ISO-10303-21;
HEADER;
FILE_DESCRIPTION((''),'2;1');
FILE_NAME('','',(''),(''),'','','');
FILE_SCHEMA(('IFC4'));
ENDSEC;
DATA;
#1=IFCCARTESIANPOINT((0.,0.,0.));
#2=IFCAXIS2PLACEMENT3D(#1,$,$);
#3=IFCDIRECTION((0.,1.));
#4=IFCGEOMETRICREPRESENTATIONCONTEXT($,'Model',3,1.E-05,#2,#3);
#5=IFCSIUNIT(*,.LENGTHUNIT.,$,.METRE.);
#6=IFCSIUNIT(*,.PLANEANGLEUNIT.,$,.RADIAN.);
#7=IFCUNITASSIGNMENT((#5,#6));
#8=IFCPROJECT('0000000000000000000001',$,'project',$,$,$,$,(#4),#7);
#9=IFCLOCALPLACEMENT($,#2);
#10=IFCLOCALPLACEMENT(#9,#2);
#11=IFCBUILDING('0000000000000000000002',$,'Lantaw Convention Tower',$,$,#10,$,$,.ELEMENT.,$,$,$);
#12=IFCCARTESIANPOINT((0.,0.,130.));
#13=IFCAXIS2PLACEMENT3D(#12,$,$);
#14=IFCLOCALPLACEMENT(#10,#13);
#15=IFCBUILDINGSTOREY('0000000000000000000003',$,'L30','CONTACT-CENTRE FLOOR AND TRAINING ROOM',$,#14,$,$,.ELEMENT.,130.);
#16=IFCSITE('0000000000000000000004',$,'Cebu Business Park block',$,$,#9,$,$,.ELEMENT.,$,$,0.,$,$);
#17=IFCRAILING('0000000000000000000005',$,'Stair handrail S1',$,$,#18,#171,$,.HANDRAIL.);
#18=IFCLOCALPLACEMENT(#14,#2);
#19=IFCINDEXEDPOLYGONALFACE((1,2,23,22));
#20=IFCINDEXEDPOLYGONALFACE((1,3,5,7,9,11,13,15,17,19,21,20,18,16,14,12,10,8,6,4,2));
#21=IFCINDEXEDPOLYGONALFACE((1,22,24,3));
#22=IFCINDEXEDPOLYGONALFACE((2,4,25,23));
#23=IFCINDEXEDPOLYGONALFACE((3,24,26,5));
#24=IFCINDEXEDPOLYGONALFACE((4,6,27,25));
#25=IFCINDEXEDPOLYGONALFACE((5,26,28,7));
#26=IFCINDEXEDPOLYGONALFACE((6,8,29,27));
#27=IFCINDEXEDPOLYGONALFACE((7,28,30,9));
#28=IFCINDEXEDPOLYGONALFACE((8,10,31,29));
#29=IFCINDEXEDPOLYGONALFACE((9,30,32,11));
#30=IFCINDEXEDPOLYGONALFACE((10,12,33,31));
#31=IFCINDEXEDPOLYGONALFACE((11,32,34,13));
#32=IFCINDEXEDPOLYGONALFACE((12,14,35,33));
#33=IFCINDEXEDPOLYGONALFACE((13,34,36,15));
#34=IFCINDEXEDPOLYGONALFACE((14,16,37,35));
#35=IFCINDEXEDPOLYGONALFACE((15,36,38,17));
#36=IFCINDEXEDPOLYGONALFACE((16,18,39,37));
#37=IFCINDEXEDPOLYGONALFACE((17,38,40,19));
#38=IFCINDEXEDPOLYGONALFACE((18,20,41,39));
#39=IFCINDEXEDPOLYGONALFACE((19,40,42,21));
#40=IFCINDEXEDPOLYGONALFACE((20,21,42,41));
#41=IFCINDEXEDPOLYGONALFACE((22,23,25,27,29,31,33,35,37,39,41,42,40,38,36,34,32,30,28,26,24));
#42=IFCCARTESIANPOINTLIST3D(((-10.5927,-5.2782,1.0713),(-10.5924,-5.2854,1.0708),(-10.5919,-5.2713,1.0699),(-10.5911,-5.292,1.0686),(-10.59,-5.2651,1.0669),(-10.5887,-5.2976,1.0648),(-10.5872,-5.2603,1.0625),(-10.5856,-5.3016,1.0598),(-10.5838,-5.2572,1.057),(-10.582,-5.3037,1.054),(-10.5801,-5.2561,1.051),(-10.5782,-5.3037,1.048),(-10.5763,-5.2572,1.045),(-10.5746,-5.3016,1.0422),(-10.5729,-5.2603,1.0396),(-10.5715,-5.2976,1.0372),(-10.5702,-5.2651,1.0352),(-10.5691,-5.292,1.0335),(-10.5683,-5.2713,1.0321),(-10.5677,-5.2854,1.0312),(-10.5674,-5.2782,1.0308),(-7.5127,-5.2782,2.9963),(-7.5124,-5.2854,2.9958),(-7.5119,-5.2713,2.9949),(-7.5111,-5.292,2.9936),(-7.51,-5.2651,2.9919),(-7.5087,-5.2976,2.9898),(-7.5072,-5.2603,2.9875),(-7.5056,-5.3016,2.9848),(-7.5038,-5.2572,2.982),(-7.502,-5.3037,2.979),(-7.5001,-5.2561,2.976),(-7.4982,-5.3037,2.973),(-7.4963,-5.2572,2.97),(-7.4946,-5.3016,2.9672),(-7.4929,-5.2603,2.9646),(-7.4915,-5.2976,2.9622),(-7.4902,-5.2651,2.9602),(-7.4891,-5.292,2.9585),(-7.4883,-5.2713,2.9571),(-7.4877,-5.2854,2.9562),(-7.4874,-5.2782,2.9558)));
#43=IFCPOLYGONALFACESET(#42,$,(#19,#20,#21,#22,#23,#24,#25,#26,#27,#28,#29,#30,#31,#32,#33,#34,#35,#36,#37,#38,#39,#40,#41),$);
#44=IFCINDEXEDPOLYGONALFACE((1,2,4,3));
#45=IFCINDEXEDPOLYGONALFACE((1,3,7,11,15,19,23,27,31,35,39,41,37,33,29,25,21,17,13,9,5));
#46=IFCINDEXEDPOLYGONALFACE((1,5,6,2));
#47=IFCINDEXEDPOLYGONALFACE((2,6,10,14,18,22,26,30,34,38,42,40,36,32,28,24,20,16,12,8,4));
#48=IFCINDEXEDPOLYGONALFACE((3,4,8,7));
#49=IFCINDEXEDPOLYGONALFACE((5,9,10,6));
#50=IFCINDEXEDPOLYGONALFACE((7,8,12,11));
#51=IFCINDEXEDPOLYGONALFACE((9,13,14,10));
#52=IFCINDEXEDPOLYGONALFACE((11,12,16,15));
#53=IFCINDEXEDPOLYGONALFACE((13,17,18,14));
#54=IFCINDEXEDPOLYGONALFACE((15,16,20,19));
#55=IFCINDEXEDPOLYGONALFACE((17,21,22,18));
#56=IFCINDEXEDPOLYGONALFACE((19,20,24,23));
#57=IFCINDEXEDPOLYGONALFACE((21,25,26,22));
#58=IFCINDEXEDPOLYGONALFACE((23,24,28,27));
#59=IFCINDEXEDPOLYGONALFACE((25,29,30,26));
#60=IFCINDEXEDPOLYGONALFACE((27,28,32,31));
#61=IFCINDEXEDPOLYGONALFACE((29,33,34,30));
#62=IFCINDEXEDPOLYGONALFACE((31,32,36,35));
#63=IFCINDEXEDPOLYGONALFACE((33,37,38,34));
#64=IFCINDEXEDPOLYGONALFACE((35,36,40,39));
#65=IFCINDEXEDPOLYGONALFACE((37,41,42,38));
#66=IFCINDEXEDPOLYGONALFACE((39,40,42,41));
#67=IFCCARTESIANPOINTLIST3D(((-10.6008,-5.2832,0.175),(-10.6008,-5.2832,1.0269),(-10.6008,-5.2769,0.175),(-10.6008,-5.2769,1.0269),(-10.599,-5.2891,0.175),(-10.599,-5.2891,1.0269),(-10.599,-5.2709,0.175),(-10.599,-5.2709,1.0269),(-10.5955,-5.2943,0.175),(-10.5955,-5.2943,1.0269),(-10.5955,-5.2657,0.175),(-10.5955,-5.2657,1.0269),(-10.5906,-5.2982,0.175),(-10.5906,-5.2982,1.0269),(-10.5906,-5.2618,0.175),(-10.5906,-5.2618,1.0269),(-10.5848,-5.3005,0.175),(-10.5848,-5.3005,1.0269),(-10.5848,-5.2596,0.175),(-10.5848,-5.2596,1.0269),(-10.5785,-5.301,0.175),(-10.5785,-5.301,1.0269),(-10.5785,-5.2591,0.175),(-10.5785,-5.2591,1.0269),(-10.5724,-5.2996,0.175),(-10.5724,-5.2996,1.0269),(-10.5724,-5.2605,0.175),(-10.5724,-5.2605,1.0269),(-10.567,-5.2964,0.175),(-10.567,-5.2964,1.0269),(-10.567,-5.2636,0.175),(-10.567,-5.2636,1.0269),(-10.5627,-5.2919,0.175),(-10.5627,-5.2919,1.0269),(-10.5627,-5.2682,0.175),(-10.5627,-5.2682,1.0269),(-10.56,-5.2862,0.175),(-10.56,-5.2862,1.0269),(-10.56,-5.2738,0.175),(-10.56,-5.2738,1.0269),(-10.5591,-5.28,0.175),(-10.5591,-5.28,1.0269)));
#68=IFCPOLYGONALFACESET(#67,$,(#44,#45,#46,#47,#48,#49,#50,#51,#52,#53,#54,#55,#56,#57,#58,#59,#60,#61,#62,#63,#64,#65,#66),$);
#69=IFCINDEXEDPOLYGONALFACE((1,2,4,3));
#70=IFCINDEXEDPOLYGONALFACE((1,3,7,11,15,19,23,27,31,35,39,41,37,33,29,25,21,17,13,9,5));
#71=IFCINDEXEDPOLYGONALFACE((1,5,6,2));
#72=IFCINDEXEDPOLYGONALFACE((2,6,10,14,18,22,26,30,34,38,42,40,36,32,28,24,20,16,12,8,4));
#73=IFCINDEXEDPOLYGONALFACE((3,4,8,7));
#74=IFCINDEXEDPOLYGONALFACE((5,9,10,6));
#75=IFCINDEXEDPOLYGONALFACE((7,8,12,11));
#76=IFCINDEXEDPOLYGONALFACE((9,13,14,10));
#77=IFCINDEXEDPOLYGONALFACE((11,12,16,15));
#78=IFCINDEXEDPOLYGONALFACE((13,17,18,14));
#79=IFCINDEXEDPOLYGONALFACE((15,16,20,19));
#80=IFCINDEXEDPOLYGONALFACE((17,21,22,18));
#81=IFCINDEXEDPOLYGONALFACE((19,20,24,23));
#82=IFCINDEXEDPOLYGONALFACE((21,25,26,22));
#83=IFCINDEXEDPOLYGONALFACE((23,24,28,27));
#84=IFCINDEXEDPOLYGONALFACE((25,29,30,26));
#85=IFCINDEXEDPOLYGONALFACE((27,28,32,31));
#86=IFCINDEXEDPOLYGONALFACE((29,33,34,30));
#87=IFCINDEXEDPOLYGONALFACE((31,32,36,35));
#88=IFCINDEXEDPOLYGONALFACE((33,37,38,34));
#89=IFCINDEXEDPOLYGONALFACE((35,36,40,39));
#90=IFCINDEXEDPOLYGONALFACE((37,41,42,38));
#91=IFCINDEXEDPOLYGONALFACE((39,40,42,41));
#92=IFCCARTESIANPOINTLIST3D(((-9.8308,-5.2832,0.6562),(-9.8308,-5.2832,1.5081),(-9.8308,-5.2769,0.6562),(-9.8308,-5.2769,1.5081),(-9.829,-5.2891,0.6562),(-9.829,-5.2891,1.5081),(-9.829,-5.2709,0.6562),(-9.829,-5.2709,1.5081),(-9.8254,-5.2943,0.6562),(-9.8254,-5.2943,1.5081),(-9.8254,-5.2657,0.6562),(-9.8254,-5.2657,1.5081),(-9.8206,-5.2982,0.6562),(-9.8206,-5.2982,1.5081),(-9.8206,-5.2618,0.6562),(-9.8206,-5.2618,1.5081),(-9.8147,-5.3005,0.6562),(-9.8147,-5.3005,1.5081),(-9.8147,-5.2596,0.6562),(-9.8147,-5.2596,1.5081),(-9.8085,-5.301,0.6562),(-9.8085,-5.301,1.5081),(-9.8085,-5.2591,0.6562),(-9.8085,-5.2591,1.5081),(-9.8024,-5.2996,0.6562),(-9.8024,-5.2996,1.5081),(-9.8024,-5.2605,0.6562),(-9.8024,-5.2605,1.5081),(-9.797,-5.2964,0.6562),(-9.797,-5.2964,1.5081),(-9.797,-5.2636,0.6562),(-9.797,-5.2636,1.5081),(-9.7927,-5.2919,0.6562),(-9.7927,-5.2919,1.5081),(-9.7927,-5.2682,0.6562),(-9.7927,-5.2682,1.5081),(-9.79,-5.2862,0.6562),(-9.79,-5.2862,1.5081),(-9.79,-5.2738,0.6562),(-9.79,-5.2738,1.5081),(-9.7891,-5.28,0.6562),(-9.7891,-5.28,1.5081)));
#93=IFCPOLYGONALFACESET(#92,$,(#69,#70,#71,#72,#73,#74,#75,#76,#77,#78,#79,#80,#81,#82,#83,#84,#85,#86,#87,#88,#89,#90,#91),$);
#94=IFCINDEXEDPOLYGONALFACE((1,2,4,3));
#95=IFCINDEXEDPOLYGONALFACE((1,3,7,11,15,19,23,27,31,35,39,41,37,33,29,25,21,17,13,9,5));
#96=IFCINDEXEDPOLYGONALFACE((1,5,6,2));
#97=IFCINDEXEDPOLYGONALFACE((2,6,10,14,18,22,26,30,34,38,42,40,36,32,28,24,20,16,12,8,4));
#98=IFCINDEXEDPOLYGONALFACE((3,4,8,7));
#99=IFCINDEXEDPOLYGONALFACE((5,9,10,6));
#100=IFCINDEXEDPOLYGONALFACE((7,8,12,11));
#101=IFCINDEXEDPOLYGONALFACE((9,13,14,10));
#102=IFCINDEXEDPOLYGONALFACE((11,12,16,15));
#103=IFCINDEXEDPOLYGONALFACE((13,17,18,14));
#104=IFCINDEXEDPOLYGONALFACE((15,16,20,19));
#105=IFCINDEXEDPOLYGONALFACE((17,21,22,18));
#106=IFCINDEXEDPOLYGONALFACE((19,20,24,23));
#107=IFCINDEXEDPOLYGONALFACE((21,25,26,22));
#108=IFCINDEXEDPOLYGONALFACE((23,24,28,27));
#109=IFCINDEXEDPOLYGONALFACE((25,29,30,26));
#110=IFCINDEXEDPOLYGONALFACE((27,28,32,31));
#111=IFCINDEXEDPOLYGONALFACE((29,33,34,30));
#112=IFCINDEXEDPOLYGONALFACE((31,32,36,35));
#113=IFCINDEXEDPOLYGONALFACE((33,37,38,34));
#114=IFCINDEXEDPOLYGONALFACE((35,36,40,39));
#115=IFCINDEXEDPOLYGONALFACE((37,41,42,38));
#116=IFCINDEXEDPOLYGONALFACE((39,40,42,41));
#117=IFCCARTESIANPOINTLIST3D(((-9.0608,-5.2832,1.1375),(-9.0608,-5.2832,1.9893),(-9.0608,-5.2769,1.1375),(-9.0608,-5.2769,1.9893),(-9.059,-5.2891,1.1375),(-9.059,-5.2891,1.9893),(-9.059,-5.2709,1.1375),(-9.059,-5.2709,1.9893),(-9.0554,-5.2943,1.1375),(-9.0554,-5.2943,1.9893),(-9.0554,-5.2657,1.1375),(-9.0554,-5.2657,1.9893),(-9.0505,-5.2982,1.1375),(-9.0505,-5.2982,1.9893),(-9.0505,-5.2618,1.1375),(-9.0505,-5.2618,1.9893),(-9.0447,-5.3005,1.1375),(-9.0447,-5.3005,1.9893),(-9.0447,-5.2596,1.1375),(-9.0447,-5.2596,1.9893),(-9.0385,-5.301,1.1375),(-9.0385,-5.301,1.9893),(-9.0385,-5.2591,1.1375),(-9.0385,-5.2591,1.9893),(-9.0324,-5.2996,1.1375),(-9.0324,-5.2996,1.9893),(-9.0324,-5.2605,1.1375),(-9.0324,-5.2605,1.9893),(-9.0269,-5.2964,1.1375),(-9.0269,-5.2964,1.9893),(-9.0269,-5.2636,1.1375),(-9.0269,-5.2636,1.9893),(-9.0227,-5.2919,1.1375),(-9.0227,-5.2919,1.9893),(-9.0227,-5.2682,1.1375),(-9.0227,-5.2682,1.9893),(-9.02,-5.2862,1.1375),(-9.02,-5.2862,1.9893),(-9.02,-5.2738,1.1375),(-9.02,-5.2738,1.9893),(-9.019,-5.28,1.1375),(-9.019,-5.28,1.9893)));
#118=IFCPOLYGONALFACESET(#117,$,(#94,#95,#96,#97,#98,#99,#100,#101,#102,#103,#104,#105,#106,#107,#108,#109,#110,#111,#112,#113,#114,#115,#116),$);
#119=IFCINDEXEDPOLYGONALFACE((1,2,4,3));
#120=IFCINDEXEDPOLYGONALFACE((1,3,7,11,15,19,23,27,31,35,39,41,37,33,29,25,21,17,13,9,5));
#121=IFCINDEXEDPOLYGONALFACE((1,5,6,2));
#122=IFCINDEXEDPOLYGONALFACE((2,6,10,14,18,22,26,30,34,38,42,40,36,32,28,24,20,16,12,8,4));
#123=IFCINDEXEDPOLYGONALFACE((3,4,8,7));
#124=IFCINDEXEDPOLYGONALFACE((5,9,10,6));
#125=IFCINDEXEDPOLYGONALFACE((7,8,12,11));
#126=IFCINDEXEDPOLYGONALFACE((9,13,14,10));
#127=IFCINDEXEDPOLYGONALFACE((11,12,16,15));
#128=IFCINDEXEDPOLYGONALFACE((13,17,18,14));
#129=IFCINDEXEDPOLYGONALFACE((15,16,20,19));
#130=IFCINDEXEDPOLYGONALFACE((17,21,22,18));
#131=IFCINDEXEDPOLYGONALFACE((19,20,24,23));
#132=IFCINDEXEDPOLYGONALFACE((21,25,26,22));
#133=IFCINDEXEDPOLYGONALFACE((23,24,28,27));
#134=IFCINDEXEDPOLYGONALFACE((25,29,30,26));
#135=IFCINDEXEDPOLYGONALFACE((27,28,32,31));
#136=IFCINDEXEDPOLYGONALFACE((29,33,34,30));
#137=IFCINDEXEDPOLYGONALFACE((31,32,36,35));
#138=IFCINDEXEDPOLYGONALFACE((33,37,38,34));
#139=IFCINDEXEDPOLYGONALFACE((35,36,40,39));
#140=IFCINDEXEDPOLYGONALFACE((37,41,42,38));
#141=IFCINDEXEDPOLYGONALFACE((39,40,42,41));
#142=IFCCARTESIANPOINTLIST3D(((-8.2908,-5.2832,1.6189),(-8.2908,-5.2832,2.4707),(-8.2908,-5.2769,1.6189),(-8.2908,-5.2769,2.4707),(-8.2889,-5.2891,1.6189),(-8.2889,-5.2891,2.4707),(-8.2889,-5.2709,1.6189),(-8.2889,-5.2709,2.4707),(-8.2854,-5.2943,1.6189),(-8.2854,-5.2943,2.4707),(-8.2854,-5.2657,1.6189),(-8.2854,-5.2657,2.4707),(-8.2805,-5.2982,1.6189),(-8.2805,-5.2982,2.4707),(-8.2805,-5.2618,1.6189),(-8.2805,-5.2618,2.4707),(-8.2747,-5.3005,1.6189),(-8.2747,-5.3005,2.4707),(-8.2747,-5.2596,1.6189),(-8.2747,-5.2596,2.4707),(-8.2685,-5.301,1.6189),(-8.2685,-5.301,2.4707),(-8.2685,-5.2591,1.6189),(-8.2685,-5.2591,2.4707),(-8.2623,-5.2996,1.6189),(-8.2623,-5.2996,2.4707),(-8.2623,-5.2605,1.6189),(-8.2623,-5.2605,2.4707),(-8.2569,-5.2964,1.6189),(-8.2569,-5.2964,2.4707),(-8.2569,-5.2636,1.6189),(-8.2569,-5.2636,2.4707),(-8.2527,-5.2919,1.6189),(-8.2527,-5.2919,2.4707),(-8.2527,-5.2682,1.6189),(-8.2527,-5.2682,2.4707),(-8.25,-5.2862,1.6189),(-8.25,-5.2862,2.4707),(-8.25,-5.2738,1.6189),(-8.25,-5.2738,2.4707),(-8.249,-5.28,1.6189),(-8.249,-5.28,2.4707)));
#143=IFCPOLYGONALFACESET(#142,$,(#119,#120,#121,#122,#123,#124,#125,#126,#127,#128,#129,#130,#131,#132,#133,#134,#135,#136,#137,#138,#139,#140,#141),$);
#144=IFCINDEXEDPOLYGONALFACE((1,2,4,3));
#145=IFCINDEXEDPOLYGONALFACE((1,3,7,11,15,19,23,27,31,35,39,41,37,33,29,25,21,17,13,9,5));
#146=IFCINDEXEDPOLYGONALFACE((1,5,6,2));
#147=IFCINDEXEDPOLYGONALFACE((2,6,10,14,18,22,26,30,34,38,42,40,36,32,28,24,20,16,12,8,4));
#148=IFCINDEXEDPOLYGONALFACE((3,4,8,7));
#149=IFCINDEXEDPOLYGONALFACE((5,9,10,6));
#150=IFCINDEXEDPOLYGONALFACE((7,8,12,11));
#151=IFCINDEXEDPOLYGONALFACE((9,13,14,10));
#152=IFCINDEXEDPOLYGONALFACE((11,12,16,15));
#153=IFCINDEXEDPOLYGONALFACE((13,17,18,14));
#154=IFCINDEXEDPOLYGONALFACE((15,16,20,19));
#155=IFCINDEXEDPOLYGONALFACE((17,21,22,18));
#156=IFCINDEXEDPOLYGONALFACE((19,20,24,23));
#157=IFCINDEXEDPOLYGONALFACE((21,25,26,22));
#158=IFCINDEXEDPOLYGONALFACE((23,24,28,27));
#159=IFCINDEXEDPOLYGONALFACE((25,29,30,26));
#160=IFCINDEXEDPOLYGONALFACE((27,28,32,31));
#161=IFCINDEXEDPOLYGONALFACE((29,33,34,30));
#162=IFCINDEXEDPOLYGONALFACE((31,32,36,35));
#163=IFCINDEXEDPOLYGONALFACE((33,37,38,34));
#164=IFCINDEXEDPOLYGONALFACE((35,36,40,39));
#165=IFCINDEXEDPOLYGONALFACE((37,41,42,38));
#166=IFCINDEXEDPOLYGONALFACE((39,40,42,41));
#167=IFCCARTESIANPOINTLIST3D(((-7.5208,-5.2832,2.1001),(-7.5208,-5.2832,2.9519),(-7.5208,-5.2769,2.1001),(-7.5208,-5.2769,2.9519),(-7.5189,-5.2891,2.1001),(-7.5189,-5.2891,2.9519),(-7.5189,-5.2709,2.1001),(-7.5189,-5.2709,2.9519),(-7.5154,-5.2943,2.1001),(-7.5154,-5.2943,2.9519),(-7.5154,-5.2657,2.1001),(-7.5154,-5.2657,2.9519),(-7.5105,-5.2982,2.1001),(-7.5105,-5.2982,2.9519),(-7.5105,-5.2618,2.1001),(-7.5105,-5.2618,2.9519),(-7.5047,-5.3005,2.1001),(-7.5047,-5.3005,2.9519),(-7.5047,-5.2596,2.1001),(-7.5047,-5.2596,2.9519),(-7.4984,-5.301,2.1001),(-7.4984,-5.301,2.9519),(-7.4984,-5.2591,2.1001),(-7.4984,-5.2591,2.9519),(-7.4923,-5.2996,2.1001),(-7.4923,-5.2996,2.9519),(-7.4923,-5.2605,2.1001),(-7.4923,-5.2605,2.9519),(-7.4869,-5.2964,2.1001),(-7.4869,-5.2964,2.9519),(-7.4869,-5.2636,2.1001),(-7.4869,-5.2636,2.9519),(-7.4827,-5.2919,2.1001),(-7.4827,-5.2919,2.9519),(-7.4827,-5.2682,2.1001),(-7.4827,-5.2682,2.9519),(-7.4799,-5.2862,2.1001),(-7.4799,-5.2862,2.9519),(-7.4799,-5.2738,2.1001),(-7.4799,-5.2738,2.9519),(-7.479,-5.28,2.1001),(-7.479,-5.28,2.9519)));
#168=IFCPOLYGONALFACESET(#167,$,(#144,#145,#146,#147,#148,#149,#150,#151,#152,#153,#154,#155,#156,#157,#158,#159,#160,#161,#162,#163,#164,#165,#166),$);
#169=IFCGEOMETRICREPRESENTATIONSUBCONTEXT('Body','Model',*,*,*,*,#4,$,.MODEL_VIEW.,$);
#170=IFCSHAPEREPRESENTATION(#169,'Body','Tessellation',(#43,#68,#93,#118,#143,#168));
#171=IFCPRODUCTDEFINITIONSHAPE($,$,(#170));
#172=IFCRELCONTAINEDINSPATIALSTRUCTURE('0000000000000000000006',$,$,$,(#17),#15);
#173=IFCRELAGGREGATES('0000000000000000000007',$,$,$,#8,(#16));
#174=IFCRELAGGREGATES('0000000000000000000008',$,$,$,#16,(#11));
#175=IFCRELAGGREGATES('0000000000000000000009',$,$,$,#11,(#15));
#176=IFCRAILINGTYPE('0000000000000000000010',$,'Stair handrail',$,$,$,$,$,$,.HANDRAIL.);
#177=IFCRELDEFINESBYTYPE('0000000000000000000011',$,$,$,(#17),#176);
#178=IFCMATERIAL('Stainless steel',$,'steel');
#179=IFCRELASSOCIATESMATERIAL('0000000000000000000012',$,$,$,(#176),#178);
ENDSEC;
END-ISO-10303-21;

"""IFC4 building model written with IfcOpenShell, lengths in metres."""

from ifc_helpers import new_model, si_unit, direction, frame, origin, origin_2d, place, context, subcontext, project, spatial, circle, extrude, material, type_object, element, save


model = new_model("IFC4")

# Units and contexts
model_context = context("Model", 3, precision=1e-05, world=origin(), true_north=direction((0.0, 1.0)))
body_context = subcontext(model_context, "Body", "Model", "MODEL_VIEW")
ifc_project = project(units=[si_unit("LENGTHUNIT", "METRE"), si_unit("PLANEANGLEUNIT", "RADIAN")], contexts=[model_context])

# Site, building, storey
site_placement = place(None, origin())
site = spatial("IfcSite", under=ifc_project, at=site_placement, Name="Cebu Business Park block", CompositionType="ELEMENT", RefElevation=0.0)
building_placement = place(site_placement, origin())
building = spatial("IfcBuilding", under=site, at=building_placement, Name="Lantaw Convention Tower", CompositionType="ELEMENT")
storey_placement = place(building_placement, frame((0.0, 0.0, 130.0)))
storey = spatial("IfcBuildingStorey", under=building, at=storey_placement, Name="L30", Description="CONTACT-CENTRE FLOOR AND TRAINING ROOM", CompositionType="ELEMENT", Elevation=130.0)

# Railing
ifc_material_1 = material(Name="Stainless steel", Category="steel")
railing_type = type_object("IfcRailingType", Name="Stair handrail", PredefinedType="HANDRAIL", material=ifc_material_1)
railing_1_placement = place(storey_placement, frame((-10.5801, -5.28, 0.175)))
element("IfcRailing", 1, at=railing_1_placement, inside=storey, type_object=railing_type, Name="Stair handrail S1", PredefinedType="HANDRAIL", context=body_context, shape_type="SweptSolid", body=[
    extrude(circle(Radius=0.0239, at=origin_2d()), frame((0.0, 0.0, 0.876), z_axis=(0.847998, 0.0, 0.529999), x_axis=(0.0, 1.0, 0.0)), (0.0, 0.0, 1.0), 3.6321),
    extrude(circle(Radius=0.021, at=origin_2d()), origin(), (0.0, 0.0, 1.0), 0.8518),
    extrude(circle(Radius=0.021, at=origin_2d()), frame((0.77, 0.0, 0.4812)), (0.0, 0.0, 1.0), 0.8518),
    extrude(circle(Radius=0.021, at=origin_2d()), frame((1.54, 0.0, 0.9624)), (0.0, 0.0, 1.0), 0.8518),
    extrude(circle(Radius=0.021, at=origin_2d()), frame((2.3101, 0.0, 1.4438)), (0.0, 0.0, 1.0), 0.8518),
    extrude(circle(Radius=0.021, at=origin_2d()), frame((3.0801, 0.0, 1.925)), (0.0, 0.0, 1.0), 0.8518),
])

save(model, "model.ifc")
